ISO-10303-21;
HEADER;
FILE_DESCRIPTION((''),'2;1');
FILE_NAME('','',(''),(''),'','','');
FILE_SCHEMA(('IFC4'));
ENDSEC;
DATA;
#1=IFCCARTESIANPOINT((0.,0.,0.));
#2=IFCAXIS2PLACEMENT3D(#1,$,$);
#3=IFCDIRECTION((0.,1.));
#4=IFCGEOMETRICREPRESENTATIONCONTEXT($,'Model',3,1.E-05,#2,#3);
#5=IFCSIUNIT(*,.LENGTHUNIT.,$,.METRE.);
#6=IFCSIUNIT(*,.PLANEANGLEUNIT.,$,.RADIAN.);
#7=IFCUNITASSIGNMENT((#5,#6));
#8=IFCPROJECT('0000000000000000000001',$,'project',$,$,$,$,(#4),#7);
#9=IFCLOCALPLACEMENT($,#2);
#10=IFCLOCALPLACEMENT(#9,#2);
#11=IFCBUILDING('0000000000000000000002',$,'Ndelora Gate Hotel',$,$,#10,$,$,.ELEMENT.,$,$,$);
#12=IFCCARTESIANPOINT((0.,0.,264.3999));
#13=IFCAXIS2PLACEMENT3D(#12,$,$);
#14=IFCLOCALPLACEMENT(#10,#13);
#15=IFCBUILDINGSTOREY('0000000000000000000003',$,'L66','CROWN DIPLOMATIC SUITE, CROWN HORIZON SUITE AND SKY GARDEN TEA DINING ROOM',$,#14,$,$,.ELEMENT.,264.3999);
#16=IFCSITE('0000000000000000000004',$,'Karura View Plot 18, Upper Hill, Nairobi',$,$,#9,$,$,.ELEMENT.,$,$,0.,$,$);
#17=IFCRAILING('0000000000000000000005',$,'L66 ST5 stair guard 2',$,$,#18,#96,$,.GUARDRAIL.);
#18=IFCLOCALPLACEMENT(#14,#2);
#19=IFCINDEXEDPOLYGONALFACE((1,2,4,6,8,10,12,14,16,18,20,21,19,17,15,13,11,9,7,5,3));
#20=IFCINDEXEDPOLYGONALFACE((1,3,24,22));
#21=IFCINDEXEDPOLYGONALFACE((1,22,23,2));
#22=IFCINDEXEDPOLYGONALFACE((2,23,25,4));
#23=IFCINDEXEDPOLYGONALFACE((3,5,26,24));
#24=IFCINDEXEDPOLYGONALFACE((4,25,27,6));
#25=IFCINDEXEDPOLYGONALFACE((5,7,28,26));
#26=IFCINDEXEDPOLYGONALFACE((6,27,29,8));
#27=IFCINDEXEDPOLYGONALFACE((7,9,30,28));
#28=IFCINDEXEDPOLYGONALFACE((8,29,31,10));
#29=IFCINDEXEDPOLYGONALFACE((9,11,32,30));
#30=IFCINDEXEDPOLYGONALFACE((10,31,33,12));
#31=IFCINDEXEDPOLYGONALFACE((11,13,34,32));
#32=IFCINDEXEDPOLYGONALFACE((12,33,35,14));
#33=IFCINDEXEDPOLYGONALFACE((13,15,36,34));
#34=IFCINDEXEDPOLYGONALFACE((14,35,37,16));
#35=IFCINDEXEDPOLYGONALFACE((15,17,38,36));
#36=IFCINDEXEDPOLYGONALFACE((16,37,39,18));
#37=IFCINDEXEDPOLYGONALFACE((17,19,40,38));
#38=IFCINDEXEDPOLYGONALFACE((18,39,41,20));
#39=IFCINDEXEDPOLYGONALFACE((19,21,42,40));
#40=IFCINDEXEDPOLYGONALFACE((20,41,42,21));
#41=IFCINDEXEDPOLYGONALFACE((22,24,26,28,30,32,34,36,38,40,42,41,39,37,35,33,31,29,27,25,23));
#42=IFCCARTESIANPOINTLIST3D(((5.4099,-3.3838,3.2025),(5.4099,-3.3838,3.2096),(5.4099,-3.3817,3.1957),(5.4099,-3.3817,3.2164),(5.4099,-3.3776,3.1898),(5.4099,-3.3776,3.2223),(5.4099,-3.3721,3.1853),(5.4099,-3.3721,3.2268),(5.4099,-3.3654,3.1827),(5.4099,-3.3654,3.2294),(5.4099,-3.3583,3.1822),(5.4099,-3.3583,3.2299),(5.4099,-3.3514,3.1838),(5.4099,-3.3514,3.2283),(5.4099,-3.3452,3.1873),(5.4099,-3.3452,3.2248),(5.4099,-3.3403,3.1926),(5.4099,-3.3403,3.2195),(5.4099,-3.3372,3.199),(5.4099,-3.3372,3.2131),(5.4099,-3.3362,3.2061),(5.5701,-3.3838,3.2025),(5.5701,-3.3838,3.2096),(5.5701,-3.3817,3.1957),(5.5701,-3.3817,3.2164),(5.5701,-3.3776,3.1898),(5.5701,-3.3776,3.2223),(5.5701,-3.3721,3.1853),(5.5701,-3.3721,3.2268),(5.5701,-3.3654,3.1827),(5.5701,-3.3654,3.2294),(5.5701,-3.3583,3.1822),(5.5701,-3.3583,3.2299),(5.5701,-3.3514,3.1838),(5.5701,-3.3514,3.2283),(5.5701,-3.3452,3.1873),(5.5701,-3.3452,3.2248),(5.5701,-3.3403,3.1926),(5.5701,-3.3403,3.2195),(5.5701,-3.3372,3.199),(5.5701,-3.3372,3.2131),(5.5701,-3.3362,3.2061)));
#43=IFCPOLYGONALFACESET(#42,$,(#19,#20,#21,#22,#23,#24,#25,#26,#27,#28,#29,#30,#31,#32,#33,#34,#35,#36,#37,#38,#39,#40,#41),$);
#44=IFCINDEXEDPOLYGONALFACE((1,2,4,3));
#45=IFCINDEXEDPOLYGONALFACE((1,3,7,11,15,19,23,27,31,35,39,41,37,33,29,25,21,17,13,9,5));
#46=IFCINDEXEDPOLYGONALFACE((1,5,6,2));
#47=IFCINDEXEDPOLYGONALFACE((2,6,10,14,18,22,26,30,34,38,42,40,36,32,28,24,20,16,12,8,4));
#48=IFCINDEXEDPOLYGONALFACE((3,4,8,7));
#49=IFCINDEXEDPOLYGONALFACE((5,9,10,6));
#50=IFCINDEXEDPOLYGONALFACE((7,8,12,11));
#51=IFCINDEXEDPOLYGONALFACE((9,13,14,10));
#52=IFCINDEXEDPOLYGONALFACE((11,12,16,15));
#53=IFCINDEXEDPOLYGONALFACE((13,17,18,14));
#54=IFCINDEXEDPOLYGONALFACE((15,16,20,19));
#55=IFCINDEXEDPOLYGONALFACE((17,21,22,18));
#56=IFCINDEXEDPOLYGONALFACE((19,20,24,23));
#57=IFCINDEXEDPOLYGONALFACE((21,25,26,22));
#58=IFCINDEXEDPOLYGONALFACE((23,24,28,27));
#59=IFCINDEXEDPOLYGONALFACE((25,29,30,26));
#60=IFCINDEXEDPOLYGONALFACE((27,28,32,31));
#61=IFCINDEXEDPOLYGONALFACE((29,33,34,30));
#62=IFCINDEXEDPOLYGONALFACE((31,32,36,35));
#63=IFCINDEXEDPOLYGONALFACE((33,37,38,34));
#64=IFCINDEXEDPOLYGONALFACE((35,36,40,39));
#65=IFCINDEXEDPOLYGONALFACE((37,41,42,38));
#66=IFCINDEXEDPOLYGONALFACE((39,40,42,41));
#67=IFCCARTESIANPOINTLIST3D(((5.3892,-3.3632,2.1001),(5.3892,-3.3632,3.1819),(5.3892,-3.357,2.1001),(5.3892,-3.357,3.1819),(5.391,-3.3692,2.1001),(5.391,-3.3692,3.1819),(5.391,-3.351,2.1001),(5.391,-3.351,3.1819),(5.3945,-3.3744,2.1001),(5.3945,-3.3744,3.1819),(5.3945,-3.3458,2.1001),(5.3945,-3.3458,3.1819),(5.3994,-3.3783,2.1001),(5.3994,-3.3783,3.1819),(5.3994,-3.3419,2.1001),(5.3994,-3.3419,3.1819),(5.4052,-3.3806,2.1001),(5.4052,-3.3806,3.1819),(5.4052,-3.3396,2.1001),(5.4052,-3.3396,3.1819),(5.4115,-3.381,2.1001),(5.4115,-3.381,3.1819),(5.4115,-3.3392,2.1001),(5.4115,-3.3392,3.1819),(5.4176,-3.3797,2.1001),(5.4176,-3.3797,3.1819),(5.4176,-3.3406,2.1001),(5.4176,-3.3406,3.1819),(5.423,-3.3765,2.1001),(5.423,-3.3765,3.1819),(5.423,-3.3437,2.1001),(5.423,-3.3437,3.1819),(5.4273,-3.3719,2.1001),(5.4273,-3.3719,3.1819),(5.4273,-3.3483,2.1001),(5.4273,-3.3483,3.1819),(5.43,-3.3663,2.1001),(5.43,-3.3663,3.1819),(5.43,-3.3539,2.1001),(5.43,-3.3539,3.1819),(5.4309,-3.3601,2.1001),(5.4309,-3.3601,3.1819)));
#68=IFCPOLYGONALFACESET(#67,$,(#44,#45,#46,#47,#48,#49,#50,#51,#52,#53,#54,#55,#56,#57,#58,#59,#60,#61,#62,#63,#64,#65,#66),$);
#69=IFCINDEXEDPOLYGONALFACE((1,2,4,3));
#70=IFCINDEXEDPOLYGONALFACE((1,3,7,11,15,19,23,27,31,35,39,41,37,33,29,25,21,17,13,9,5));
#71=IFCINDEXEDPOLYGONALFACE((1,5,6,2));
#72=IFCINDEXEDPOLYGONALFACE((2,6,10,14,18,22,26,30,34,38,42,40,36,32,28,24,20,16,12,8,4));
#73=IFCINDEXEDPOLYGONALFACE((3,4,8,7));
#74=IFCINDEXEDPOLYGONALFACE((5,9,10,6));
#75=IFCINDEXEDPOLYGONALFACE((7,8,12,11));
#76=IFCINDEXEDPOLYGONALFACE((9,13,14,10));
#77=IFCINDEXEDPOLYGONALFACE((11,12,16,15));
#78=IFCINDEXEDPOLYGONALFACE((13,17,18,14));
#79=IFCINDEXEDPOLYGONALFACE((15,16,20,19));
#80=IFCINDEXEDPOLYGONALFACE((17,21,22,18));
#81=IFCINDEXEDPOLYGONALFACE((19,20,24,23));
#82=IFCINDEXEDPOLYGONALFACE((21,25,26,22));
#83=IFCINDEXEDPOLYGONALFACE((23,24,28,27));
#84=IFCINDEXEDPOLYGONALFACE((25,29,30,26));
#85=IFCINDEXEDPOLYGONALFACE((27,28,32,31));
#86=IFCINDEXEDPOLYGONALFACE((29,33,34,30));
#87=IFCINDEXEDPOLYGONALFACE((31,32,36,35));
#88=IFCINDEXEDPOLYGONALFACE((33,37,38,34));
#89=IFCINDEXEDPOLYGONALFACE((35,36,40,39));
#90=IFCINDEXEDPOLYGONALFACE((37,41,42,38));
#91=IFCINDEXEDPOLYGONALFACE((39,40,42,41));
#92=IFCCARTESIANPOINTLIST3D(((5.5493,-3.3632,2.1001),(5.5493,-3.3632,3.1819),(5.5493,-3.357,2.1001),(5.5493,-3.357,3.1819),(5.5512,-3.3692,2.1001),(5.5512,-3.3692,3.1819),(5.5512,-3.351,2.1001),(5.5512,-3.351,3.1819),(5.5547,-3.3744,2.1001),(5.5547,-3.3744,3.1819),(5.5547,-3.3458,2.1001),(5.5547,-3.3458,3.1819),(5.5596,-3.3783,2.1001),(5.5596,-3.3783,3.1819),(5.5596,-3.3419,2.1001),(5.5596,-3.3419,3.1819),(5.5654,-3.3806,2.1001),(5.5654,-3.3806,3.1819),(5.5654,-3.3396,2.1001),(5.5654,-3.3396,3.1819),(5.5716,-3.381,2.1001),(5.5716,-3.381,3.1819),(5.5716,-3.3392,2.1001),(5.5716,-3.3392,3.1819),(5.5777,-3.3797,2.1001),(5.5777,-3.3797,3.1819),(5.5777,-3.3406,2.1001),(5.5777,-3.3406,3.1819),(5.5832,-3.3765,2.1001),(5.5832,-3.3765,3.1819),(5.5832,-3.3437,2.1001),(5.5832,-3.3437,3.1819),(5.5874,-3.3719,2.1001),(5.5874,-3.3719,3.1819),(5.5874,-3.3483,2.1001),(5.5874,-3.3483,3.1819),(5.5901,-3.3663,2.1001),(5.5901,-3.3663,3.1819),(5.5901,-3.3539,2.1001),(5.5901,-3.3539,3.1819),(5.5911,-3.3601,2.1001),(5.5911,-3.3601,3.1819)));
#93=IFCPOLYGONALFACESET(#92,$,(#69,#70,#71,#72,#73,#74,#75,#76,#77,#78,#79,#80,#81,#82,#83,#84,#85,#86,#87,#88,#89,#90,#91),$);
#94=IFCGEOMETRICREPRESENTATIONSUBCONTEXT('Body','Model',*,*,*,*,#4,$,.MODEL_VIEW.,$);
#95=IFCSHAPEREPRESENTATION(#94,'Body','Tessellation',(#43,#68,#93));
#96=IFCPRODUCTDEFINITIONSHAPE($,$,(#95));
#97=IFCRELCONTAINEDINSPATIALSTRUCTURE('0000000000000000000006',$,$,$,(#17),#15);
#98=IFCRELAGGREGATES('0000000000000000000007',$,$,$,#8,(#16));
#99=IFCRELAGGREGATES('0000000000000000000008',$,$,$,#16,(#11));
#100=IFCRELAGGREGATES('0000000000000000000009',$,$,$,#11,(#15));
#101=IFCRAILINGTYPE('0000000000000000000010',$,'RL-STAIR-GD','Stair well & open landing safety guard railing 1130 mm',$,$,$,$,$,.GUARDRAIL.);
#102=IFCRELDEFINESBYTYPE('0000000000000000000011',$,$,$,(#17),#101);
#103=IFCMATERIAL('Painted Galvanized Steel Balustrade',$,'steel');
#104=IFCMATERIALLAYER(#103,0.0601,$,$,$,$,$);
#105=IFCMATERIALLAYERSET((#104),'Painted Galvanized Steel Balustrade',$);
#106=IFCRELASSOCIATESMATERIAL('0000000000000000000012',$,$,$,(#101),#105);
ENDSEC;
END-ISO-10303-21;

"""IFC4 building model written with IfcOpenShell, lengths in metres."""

from ifc_helpers import new_model, si_unit, direction, frame, origin, origin_2d, place, context, subcontext, project, spatial, circle, extrude, material, layer, layer_set, type_object, element, save


model = new_model("IFC4")

# Units and contexts
model_context = context("Model", 3, precision=1e-05, world=origin(), true_north=direction((0.0, 1.0)))
body_context = subcontext(model_context, "Body", "Model", "MODEL_VIEW")
ifc_project = project(units=[si_unit("LENGTHUNIT", "METRE"), si_unit("PLANEANGLEUNIT", "RADIAN")], contexts=[model_context])

# Site, building, storey
site_placement = place(None, origin())
site = spatial("IfcSite", under=ifc_project, at=site_placement, Name="Karura View Plot 18, Upper Hill, Nairobi", CompositionType="ELEMENT", RefElevation=0.0)
building_placement = place(site_placement, origin())
building = spatial("IfcBuilding", under=site, at=building_placement, Name="Ndelora Gate Hotel", CompositionType="ELEMENT")
storey_placement = place(building_placement, frame((0.0, 0.0, 264.3999)))
storey = spatial("IfcBuildingStorey", under=building, at=storey_placement, Name="L66", Description="CROWN DIPLOMATIC SUITE, CROWN HORIZON SUITE AND SKY GARDEN TEA DINING ROOM", CompositionType="ELEMENT", Elevation=264.3999)

# Railing
ifc_material_1 = material(Name="Painted Galvanized Steel Balustrade", Category="steel")
ifc_layer_1 = layer(ifc_material_1, 0.0601)
ifc_layer_set_1 = layer_set([ifc_layer_1], Name="Painted Galvanized Steel Balustrade")
railing_type_1 = type_object("IfcRailingType", Name="RL-STAIR-GD", Description="Stair well & open landing safety guard railing 1130 mm", PredefinedType="GUARDRAIL", material=ifc_layer_set_1)
railing_1_placement = place(storey_placement, frame((5.4099, -3.3601, 2.1001)))
element("IfcRailing", 1, at=railing_1_placement, inside=storey, type_object=railing_type_1, Name="L66 ST5 stair guard 2", PredefinedType="GUARDRAIL", context=body_context, shape_type="SweptSolid", body=[
    extrude(circle(Radius=0.0239, at=origin_2d()), frame((0.0, 0.0, 1.106), z_axis=(1.0, 0.0, 0.0), x_axis=(0.0, 1.0, 0.0)), (0.0, 0.0, 1.0), 0.1602),
    extrude(circle(Radius=0.021, at=origin_2d()), origin(), (0.0, 0.0, 1.0), 1.0818),
    extrude(circle(Radius=0.021, at=origin_2d()), frame((0.1602, 0.0, 0.0)), (0.0, 0.0, 1.0), 1.0818),
])

save(model, "model.ifc")
